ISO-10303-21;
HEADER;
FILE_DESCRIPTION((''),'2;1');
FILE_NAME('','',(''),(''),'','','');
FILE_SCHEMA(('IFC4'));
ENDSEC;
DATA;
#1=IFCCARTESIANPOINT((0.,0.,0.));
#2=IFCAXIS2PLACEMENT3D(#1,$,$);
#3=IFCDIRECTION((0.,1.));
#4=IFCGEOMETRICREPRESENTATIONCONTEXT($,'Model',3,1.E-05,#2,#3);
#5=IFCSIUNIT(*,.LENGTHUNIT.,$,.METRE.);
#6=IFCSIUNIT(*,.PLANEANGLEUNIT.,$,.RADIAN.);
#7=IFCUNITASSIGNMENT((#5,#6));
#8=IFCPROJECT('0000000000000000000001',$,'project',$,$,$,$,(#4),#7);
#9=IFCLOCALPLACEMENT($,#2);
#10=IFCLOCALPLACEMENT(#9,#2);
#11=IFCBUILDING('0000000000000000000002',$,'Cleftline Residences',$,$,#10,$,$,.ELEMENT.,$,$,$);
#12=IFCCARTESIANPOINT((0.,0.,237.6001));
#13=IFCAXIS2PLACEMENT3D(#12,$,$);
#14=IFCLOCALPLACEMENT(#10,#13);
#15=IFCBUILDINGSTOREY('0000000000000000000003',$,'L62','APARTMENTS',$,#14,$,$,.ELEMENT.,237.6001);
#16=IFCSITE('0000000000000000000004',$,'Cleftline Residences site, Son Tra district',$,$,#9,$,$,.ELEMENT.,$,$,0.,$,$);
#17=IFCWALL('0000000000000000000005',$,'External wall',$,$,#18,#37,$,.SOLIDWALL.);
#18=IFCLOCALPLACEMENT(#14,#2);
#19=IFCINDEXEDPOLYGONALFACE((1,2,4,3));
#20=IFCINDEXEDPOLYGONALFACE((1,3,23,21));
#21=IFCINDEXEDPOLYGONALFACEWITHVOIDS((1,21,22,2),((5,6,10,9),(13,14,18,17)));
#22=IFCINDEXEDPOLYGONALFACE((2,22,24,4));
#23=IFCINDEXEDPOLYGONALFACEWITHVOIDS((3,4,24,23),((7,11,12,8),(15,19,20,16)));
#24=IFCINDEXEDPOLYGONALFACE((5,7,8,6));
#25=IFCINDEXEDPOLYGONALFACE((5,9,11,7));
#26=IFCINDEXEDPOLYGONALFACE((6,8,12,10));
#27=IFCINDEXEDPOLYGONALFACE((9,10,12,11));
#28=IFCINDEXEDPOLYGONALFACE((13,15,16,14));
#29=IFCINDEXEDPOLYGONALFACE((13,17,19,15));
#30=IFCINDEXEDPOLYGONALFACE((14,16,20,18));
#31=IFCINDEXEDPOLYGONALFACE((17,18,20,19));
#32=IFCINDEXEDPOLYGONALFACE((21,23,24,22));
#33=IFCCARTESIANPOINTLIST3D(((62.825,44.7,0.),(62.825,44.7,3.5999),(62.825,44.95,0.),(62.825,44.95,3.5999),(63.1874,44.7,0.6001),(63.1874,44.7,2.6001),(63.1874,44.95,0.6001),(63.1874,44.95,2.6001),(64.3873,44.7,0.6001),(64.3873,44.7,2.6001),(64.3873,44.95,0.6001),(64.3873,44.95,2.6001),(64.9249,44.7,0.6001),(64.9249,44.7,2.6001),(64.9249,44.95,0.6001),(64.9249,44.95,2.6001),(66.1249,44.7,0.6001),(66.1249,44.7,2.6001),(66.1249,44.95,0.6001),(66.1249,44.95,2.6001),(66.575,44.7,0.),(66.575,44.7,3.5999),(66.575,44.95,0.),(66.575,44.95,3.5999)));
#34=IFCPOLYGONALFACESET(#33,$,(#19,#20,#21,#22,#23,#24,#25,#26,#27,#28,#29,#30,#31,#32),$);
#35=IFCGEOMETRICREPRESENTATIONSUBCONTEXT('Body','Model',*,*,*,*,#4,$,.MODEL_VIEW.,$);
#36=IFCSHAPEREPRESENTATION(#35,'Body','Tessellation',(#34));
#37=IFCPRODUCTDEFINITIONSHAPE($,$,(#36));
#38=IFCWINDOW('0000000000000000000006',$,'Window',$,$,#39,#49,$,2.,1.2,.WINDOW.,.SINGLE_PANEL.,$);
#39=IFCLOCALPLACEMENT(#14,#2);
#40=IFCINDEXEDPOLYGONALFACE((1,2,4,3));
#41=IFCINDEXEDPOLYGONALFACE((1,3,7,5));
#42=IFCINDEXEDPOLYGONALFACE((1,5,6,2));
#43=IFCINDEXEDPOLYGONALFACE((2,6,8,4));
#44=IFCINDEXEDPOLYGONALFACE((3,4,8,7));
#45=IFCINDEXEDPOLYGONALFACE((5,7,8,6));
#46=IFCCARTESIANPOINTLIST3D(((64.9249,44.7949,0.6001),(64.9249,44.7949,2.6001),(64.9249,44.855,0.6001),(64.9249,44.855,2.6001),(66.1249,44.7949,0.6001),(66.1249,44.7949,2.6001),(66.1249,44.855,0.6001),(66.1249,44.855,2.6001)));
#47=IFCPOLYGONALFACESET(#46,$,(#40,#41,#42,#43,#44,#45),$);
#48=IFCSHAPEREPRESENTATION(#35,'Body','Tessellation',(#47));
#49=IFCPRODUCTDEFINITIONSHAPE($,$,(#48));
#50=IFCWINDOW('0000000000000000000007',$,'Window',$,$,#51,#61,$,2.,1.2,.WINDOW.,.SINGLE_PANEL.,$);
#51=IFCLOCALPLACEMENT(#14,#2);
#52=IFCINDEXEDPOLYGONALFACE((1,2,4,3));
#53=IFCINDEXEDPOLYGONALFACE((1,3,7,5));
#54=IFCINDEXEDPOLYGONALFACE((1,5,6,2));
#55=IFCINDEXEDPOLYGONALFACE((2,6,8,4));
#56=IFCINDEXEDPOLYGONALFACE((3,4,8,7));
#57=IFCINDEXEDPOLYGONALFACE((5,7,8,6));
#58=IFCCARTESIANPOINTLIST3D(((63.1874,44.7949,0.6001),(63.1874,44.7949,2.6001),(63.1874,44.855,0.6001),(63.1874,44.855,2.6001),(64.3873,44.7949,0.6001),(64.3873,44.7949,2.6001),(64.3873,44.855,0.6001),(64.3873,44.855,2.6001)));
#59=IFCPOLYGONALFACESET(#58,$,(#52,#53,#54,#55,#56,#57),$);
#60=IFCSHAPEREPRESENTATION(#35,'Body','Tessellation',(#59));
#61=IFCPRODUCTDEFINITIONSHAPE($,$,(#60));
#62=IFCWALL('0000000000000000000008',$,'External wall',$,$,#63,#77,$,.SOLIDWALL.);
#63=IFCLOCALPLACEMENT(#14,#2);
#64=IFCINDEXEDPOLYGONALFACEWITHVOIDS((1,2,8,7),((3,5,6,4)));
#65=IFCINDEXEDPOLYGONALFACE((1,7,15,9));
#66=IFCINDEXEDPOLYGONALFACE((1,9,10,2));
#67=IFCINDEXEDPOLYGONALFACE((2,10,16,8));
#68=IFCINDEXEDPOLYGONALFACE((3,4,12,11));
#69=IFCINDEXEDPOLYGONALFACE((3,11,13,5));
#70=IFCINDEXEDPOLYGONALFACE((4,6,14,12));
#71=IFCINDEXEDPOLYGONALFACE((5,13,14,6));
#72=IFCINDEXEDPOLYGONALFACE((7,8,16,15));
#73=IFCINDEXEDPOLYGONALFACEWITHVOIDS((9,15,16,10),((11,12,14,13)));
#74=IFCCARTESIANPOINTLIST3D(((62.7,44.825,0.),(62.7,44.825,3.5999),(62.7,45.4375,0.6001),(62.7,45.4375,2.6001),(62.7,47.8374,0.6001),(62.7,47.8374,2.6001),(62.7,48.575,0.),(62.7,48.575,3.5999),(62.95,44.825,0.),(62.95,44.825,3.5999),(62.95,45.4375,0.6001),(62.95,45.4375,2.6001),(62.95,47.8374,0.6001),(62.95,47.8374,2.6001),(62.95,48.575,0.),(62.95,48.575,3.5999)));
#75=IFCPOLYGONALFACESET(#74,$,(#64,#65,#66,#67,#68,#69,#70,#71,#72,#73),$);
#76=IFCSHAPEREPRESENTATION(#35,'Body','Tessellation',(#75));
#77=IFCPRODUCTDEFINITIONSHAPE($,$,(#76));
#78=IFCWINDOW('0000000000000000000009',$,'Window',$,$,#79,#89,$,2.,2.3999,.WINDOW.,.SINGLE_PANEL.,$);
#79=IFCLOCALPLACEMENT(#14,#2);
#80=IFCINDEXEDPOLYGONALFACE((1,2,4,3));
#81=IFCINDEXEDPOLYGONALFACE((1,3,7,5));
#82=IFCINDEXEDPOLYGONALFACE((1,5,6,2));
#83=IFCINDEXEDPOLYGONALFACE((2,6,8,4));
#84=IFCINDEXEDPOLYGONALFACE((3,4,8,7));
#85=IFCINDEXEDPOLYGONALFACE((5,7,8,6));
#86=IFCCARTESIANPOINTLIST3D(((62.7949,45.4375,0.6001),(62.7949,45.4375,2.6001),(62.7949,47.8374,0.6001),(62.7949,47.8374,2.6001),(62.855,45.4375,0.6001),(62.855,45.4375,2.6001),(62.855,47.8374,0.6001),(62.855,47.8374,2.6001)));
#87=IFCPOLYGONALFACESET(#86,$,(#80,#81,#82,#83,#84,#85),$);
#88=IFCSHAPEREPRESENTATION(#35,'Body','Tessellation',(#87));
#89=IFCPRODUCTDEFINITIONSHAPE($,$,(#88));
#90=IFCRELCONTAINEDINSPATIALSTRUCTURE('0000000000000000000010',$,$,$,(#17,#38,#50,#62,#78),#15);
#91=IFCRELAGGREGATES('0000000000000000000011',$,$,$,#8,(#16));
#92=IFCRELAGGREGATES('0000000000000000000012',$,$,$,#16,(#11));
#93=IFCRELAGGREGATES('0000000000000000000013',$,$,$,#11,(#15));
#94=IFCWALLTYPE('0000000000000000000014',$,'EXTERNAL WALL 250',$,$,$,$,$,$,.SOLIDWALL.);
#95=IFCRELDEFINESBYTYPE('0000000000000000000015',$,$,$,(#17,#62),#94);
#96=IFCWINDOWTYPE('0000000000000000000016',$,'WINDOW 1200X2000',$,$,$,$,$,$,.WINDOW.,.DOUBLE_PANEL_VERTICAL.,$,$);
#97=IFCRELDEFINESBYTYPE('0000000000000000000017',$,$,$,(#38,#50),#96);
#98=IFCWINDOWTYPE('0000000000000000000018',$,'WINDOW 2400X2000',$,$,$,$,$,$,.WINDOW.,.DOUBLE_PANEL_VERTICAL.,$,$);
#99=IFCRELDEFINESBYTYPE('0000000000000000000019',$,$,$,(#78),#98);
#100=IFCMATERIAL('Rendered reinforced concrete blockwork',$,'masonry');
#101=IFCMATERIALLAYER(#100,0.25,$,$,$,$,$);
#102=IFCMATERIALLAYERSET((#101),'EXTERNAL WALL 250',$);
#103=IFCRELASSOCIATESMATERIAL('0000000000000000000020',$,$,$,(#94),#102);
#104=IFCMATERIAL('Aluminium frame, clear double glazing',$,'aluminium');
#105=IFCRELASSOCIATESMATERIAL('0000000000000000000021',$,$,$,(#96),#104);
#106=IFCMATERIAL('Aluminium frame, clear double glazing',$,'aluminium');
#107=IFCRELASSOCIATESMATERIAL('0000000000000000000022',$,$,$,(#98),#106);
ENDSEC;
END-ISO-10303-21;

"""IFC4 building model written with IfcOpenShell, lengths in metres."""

from ifc_helpers import new_model, si_unit, direction, frame, frame_2d, origin, place, context, subcontext, project, spatial, rectangle, extrude, material, layer, layer_set, type_object, element, fill, save


model = new_model("IFC4")

# Units and contexts
model_context = context("Model", 3, precision=1e-05, world=origin(), true_north=direction((0.0, 1.0)))
body_context = subcontext(model_context, "Body", "Model", "MODEL_VIEW")
ifc_project = project(units=[si_unit("LENGTHUNIT", "METRE"), si_unit("PLANEANGLEUNIT", "RADIAN")], contexts=[model_context])

# Site, building, storey
site_placement = place(None, origin())
site = spatial("IfcSite", under=ifc_project, at=site_placement, Name="Cleftline Residences site, Son Tra district", CompositionType="ELEMENT", RefElevation=0.0)
building_placement = place(site_placement, origin())
building = spatial("IfcBuilding", under=site, at=building_placement, Name="Cleftline Residences", CompositionType="ELEMENT")
storey_placement = place(building_placement, frame((0.0, 0.0, 237.6001)))
storey = spatial("IfcBuildingStorey", under=building, at=storey_placement, Name="L62", Description="APARTMENTS", CompositionType="ELEMENT", Elevation=237.6001)

# Wall, openings, windows
ifc_material_1 = material(Name="Rendered reinforced concrete blockwork", Category="masonry")
ifc_layer_1 = layer(ifc_material_1, 0.25)
ifc_layer_set_1 = layer_set([ifc_layer_1], Name="EXTERNAL WALL 250")
wall_type_1 = type_object("IfcWallType", Name="EXTERNAL WALL 250", PredefinedType="SOLIDWALL", material=ifc_layer_set_1)
wall_1_placement = place(storey_placement, frame((66.575, 44.825, 0.0), z_axis=(0.0, 0.0, 1.0), x_axis=(-1.0, 0.0, 0.0)))
wall_1 = element("IfcWall", 1, at=wall_1_placement, inside=storey, type_object=wall_type_1, Name="External wall", PredefinedType="SOLIDWALL", context=body_context, shape_type="SweptSolid", body=[
    extrude(rectangle(XDim=3.75, YDim=0.25, at=frame_2d((1.875, 0.0))), origin(), (0.0, 0.0, 1.0), 3.5999),
])
opening_1_placement = place(wall_1_placement, frame((0.45, 0.0, 0.6001)))
opening_1 = element("IfcOpeningElement", 2, at=opening_1_placement, cuts=wall_1, PredefinedType="OPENING", context=body_context, shape_type="SweptSolid", body=[
    extrude(rectangle(XDim=1.2, YDim=2.0, at=frame_2d((0.6001, 1.0))), frame((0.0, 0.135, 0.0), z_axis=(0.0, -1.0, 0.0), x_axis=(1.0, 0.0, 0.0)), (0.0, 0.0, 1.0), 0.27),
])
opening_2_placement = place(wall_1_placement, frame((2.1875, 0.0, 0.6001)))
opening_2 = element("IfcOpeningElement", 3, at=opening_2_placement, cuts=wall_1, PredefinedType="OPENING", context=body_context, shape_type="SweptSolid", body=[
    extrude(rectangle(XDim=1.2, YDim=2.0, at=frame_2d((0.6001, 1.0))), frame((0.0, 0.135, 0.0), z_axis=(0.0, -1.0, 0.0), x_axis=(1.0, 0.0, 0.0)), (0.0, 0.0, 1.0), 0.27),
])
ifc_material_2 = material(Name="Aluminium frame, clear double glazing", Category="aluminium")
window_type_1 = type_object("IfcWindowType", Name="WINDOW 1200X2000", PartitioningType="DOUBLE_PANEL_VERTICAL", PredefinedType="WINDOW", material=ifc_material_2)
window_1_placement = place(opening_1_placement, origin())
window_1 = element("IfcWindow", 4, at=window_1_placement, inside=storey, type_object=window_type_1, Name="Window", OverallHeight=2.0, OverallWidth=1.2, PartitioningType="SINGLE_PANEL", PredefinedType="WINDOW", context=body_context, shape_type="SweptSolid", body=[
    extrude(rectangle(XDim=1.2, YDim=2.0, at=frame_2d((0.6001, 1.0))), frame((0.0, 0.03, 0.0), z_axis=(0.0, -1.0, 0.0), x_axis=(1.0, 0.0, 0.0)), (0.0, 0.0, 1.0), 0.0601),
])
fill(opening_1, window_1)
window_2_placement = place(opening_2_placement, origin())
window_2 = element("IfcWindow", 5, at=window_2_placement, inside=storey, type_object=window_type_1, Name="Window", OverallHeight=2.0, OverallWidth=1.2, PartitioningType="SINGLE_PANEL", PredefinedType="WINDOW", context=body_context, shape_type="SweptSolid", body=[
    extrude(rectangle(XDim=1.2, YDim=2.0, at=frame_2d((0.6001, 1.0))), frame((0.0, 0.03, 0.0), z_axis=(0.0, -1.0, 0.0), x_axis=(1.0, 0.0, 0.0)), (0.0, 0.0, 1.0), 0.0601),
])
fill(opening_2, window_2)

# Wall, opening, window
wall_2_placement = place(storey_placement, frame((62.825, 44.825, 0.0), z_axis=(0.0, 0.0, 1.0), x_axis=(0.0, 1.0, 0.0)))
wall_2 = element("IfcWall", 6, at=wall_2_placement, inside=storey, type_object=wall_type_1, Name="External wall", PredefinedType="SOLIDWALL", context=body_context, shape_type="SweptSolid", body=[
    extrude(rectangle(XDim=3.75, YDim=0.25, at=frame_2d((1.875, 0.0))), origin(), (0.0, 0.0, 1.0), 3.5999),
])
opening_3_placement = place(wall_2_placement, frame((0.6125, 0.0, 0.6001)))
opening_3 = element("IfcOpeningElement", 7, at=opening_3_placement, cuts=wall_2, PredefinedType="OPENING", context=body_context, shape_type="SweptSolid", body=[
    extrude(rectangle(XDim=2.3999, YDim=2.0, at=frame_2d((1.2, 1.0))), frame((0.0, 0.135, 0.0), z_axis=(0.0, -1.0, 0.0), x_axis=(1.0, 0.0, 0.0)), (0.0, 0.0, 1.0), 0.27),
])
ifc_material_3 = material(Name="Aluminium frame, clear double glazing", Category="aluminium")
window_type_2 = type_object("IfcWindowType", Name="WINDOW 2400X2000", PartitioningType="DOUBLE_PANEL_VERTICAL", PredefinedType="WINDOW", material=ifc_material_3)
window_3_placement = place(opening_3_placement, origin())
window_3 = element("IfcWindow", 8, at=window_3_placement, inside=storey, type_object=window_type_2, Name="Window", OverallHeight=2.0, OverallWidth=2.3999, PartitioningType="SINGLE_PANEL", PredefinedType="WINDOW", context=body_context, shape_type="SweptSolid", body=[
    extrude(rectangle(XDim=2.3999, YDim=2.0, at=frame_2d((1.2, 1.0))), frame((0.0, 0.03, 0.0), z_axis=(0.0, -1.0, 0.0), x_axis=(1.0, 0.0, 0.0)), (0.0, 0.0, 1.0), 0.0601),
])
fill(opening_3, window_3)

save(model, "model.ifc")
